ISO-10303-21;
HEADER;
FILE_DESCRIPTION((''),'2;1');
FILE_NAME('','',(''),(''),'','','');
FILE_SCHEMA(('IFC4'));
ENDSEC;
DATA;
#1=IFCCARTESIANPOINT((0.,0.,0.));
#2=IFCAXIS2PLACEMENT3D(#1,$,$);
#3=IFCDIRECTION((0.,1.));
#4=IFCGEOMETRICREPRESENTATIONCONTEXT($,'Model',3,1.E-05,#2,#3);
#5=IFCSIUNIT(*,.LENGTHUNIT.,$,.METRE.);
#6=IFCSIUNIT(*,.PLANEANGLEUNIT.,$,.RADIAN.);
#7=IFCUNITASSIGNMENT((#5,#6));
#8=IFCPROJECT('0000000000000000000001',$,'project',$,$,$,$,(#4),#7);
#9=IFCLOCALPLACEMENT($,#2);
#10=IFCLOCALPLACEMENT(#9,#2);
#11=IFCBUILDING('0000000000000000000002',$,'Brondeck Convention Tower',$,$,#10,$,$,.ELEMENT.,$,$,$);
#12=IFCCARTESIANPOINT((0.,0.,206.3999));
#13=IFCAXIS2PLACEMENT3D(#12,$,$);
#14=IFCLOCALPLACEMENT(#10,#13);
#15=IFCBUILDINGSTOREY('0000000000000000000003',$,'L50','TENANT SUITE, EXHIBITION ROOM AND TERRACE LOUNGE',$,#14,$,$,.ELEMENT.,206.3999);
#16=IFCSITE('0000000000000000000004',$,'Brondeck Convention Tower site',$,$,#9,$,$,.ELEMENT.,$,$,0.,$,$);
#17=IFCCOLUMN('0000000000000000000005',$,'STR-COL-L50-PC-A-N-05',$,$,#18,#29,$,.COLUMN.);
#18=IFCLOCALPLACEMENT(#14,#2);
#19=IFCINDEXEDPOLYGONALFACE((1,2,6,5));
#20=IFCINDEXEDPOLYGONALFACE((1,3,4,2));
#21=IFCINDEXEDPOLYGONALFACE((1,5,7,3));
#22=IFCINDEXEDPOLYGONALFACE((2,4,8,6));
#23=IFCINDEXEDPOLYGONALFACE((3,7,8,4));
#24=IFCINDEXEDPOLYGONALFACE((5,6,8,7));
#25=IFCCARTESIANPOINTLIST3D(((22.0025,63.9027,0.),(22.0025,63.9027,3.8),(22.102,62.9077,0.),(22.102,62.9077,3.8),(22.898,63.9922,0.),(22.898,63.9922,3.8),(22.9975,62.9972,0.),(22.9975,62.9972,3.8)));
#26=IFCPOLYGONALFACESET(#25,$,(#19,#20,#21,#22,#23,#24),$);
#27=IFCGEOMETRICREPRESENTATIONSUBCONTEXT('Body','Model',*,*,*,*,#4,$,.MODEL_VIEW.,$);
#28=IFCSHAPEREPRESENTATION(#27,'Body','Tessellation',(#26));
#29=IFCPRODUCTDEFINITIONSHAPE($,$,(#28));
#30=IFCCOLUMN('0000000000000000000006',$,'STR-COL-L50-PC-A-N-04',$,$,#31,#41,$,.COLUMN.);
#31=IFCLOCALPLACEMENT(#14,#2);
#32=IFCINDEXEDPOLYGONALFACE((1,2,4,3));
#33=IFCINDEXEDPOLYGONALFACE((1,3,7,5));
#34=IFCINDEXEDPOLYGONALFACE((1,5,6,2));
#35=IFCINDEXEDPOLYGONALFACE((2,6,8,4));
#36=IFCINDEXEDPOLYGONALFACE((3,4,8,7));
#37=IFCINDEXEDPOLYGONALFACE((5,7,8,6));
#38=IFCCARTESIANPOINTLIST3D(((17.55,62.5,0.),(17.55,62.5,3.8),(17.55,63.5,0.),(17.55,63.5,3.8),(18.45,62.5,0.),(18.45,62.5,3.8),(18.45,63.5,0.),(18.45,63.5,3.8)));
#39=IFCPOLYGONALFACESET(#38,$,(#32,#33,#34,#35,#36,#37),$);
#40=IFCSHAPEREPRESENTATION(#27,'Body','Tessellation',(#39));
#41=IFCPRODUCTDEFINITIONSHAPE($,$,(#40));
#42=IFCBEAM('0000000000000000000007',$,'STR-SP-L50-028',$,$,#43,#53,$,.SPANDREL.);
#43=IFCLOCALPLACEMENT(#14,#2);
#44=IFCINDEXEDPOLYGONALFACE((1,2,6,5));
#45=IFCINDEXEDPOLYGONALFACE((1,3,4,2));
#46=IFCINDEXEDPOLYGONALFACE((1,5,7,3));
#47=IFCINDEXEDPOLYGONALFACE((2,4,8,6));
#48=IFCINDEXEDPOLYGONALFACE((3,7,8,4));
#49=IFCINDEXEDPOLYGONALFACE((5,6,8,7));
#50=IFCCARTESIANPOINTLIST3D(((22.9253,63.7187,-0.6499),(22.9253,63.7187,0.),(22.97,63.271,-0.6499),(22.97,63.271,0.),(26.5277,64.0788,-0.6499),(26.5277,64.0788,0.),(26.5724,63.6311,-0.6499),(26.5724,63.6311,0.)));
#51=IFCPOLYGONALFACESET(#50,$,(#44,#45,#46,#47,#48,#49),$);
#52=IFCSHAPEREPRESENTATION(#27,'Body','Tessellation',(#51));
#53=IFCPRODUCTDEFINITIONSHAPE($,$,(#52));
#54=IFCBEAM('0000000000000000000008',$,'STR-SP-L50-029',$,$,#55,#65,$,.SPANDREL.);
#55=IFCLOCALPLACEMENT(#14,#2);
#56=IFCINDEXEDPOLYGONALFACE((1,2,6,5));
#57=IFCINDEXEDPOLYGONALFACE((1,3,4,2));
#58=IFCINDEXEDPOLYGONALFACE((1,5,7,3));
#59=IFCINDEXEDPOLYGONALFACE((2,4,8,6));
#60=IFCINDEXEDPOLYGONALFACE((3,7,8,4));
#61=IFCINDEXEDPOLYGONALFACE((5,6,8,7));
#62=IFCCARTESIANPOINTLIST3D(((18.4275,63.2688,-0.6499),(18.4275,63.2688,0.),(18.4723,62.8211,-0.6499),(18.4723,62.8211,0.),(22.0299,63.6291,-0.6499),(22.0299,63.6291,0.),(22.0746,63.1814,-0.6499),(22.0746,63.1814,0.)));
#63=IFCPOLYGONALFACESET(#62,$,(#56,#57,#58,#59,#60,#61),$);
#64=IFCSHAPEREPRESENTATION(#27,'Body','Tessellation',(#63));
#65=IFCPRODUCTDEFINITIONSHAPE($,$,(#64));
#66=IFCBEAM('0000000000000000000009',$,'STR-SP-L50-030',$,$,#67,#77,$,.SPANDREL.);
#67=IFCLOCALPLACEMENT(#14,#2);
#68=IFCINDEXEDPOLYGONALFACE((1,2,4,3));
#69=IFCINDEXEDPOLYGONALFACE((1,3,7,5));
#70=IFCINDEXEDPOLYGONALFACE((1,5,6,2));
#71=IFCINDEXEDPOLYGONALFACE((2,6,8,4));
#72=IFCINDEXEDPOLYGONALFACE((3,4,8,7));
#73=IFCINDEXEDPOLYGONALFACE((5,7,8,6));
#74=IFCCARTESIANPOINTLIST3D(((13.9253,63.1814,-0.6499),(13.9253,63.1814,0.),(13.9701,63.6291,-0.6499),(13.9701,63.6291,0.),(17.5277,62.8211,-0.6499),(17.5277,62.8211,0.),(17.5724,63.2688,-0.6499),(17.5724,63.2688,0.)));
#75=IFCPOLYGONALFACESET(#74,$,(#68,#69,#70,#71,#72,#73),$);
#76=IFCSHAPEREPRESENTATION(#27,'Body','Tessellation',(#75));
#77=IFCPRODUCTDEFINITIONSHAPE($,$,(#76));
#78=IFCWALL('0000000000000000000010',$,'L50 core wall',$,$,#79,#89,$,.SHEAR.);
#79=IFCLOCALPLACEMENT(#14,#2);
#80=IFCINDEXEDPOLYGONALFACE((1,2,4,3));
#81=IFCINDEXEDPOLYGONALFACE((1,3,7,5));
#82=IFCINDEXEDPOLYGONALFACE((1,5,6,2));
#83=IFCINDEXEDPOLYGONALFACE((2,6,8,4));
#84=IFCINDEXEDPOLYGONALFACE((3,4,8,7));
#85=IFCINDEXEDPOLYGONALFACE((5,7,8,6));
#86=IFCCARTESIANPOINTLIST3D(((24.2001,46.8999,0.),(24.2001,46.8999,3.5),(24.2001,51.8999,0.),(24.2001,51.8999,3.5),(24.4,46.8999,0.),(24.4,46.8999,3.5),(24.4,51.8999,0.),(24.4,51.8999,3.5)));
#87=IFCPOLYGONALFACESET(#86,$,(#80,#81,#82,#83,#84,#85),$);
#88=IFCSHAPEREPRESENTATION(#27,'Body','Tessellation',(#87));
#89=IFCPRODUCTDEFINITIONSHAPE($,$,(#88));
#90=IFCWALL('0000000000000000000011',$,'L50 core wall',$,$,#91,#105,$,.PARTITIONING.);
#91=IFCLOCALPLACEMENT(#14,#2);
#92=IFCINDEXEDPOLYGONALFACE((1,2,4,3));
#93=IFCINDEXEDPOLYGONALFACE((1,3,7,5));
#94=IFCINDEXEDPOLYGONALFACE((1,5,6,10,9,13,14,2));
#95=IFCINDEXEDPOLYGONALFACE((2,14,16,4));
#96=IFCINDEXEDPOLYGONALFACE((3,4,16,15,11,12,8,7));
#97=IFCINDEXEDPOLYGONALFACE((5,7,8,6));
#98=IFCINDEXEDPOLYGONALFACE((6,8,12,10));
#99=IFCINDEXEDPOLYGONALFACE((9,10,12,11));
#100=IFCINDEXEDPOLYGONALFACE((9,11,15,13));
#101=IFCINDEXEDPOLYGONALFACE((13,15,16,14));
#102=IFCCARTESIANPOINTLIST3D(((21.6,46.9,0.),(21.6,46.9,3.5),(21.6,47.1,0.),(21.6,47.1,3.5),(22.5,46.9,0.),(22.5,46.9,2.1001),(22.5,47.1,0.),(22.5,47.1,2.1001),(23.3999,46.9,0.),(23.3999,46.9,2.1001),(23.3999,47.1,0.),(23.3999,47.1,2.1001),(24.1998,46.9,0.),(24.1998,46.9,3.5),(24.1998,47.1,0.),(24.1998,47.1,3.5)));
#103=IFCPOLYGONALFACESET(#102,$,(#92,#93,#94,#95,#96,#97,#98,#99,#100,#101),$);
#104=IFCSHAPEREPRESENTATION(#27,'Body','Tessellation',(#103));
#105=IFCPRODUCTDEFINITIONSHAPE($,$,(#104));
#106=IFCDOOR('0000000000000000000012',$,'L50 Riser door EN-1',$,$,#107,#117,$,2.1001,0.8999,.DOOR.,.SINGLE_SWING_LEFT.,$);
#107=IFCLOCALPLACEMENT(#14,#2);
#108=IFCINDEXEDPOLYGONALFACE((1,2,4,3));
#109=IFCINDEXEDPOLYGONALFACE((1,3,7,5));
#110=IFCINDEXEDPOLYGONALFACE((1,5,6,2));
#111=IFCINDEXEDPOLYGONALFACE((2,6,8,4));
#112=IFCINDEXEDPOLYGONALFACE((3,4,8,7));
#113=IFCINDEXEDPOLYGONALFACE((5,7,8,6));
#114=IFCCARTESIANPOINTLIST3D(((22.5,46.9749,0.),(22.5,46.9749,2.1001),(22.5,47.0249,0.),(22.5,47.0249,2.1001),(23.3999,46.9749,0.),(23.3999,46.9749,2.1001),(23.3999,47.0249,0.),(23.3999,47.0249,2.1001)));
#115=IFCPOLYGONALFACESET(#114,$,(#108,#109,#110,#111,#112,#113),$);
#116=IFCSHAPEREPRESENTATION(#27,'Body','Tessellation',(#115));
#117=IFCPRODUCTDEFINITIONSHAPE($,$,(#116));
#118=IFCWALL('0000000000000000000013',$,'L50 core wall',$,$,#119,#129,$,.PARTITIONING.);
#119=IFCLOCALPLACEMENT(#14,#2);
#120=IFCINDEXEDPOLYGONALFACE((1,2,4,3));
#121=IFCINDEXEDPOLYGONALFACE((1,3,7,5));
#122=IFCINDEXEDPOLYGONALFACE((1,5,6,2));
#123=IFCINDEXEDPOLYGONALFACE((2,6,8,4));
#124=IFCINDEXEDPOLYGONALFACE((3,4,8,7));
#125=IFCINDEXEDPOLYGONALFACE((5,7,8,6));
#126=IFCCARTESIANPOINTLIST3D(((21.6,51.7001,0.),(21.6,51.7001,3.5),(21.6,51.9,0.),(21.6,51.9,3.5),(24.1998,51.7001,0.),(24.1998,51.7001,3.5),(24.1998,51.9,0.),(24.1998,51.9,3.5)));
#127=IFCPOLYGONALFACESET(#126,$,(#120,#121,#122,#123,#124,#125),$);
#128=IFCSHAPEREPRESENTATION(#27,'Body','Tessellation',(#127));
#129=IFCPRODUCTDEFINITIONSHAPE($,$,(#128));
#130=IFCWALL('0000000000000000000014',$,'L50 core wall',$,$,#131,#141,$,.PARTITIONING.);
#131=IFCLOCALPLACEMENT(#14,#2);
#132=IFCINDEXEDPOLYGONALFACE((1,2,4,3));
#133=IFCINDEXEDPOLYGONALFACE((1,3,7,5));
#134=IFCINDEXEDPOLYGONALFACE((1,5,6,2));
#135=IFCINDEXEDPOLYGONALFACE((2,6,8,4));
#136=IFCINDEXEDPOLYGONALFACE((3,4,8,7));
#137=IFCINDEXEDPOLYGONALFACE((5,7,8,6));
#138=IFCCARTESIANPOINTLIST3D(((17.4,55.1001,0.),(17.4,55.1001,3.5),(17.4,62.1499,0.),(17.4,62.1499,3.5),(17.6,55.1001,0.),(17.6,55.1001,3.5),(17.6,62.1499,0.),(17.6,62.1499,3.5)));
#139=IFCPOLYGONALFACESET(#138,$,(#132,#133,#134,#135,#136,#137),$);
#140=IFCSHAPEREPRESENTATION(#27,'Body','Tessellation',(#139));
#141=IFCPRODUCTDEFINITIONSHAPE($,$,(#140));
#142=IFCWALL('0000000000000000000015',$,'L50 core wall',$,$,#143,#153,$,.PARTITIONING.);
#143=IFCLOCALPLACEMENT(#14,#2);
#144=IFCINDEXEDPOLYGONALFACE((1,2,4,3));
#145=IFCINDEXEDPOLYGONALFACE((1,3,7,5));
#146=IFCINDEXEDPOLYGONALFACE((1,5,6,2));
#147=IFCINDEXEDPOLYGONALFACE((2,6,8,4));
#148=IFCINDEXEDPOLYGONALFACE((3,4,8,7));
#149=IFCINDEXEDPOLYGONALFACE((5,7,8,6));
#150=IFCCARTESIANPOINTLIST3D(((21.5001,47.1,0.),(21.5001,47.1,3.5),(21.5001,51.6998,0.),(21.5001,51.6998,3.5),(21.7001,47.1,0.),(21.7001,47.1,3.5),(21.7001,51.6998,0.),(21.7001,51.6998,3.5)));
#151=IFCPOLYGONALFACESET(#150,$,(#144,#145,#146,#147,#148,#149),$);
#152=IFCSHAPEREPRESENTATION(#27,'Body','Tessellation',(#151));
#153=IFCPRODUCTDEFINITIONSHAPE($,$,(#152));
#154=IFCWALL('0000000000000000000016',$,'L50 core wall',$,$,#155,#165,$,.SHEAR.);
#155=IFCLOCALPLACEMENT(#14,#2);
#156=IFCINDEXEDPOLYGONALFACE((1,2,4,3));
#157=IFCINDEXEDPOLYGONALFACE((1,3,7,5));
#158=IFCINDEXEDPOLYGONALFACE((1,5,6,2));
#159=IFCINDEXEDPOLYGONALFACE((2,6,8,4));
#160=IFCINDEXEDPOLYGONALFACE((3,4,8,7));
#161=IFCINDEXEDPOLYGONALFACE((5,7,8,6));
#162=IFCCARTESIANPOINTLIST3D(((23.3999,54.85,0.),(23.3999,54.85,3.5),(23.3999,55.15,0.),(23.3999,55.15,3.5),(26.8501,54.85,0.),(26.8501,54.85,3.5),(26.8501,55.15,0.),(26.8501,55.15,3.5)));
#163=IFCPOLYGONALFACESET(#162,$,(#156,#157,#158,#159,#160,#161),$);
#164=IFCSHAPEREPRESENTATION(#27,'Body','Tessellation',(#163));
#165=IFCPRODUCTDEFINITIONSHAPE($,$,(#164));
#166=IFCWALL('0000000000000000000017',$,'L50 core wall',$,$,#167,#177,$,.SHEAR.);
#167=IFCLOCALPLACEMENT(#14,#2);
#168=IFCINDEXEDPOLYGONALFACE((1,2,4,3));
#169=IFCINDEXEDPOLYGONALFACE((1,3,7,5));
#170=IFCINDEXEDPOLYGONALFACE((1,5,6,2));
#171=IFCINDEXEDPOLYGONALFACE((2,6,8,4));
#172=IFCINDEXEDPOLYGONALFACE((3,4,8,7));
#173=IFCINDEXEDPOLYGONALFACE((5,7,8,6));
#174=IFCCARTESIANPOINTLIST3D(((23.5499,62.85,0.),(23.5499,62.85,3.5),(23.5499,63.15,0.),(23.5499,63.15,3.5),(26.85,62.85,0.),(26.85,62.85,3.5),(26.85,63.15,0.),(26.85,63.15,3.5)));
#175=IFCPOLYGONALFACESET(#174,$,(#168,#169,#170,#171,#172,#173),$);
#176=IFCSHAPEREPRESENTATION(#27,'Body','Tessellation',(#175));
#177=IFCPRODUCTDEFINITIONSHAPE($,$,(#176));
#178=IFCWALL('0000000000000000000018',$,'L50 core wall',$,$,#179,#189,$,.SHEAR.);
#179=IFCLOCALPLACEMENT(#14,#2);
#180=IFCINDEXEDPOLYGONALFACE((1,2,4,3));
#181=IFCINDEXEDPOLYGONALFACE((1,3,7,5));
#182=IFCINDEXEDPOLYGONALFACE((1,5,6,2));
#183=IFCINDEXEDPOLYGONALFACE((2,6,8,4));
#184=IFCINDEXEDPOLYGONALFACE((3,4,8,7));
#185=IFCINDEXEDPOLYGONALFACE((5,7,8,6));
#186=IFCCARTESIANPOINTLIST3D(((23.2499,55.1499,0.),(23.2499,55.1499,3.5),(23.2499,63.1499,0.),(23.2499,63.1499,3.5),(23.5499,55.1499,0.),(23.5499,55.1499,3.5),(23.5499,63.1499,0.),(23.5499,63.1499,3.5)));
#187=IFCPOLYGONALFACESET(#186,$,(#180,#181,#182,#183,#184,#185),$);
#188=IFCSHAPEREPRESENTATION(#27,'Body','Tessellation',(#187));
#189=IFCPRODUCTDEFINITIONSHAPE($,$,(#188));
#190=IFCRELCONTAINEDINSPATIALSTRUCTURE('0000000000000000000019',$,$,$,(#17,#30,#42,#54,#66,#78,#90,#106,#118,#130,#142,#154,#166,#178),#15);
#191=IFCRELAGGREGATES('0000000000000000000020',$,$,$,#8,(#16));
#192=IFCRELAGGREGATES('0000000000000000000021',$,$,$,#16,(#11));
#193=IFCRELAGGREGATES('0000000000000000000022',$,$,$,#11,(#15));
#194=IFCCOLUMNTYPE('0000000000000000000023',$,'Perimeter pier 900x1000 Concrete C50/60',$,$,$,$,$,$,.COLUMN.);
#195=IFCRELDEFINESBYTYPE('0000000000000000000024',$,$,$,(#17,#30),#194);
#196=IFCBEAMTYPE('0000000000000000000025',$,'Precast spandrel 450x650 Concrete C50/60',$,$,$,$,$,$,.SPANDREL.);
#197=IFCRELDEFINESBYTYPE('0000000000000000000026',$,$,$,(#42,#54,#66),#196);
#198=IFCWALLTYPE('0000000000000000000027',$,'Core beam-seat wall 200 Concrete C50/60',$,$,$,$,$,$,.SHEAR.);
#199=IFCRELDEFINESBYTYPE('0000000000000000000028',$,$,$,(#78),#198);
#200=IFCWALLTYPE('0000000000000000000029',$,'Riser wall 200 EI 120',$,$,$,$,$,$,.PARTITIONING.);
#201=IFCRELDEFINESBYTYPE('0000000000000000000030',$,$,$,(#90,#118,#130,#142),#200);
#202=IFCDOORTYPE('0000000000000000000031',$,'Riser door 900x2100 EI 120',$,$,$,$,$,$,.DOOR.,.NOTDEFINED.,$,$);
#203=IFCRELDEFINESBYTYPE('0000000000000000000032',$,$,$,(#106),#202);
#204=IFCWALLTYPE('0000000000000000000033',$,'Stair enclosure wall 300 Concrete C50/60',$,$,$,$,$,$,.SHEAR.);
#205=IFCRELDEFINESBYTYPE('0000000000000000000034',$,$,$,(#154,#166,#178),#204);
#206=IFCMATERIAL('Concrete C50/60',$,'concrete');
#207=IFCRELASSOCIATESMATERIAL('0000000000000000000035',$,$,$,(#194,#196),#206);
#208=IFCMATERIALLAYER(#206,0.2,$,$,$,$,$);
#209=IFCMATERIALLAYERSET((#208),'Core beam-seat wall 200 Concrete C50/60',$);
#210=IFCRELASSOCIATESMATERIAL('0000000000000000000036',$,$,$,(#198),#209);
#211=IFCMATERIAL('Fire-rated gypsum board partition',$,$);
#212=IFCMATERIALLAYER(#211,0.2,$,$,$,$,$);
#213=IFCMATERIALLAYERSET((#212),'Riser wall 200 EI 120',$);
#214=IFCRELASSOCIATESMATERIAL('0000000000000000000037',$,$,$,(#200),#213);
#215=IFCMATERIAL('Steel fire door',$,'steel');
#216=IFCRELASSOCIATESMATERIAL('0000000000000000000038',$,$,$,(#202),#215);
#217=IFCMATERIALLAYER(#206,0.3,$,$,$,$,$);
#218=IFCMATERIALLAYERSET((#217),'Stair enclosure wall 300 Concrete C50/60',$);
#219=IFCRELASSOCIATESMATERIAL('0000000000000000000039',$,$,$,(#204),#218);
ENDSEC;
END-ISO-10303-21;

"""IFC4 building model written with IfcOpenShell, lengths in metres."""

from ifc_helpers import new_model, si_unit, direction, frame, frame_2d, origin, origin_2d, place, context, subcontext, project, spatial, rectangle, extrude, material, layer, layer_set, material_profile, profile_set, type_object, element, fill, save


model = new_model("IFC4")

# Units and contexts
model_context = context("Model", 3, precision=1e-05, world=origin(), true_north=direction((0.0, 1.0)))
body_context = subcontext(model_context, "Body", "Model", "MODEL_VIEW")
ifc_project = project(units=[si_unit("LENGTHUNIT", "METRE"), si_unit("PLANEANGLEUNIT", "RADIAN")], contexts=[model_context])

# Site, building, storey
site_placement = place(None, origin())
site = spatial("IfcSite", under=ifc_project, at=site_placement, Name="Brondeck Convention Tower site", CompositionType="ELEMENT", RefElevation=0.0)
building_placement = place(site_placement, origin())
building = spatial("IfcBuilding", under=site, at=building_placement, Name="Brondeck Convention Tower", CompositionType="ELEMENT")
storey_placement = place(building_placement, frame((0.0, 0.0, 206.3999)))
storey = spatial("IfcBuildingStorey", under=building, at=storey_placement, Name="L50", Description="TENANT SUITE, EXHIBITION ROOM AND TERRACE LOUNGE", CompositionType="ELEMENT", Elevation=206.3999)

# Columns
ifc_material_1 = material(Name="Concrete C50/60", Category="concrete")
ifc_material_profile_1 = material_profile(ifc_material_1, rectangle(XDim=0.8999, YDim=1.0, at=origin_2d()), Name="Perimeter pier 900x1000 Concrete C50/60")
ifc_profile_set_1 = profile_set([ifc_material_profile_1], Name="Concrete C50/60")
column_type = type_object("IfcColumnType", Name="Perimeter pier 900x1000 Concrete C50/60", PredefinedType="COLUMN", material=ifc_profile_set_1)
for number, where, z_axis, x_axis, name in (
    (1, (22.5, 63.45, 0.0), (0.0, 0.0, 1.0), (-0.995037, -0.099504, 0.0), "STR-COL-L50-PC-A-N-05"),
    (2, (18.0, 63.0, 0.0), (0.0, 0.0, 1.0), (-1.0, 0.0, 0.0), "STR-COL-L50-PC-A-N-04"),
):
    element("IfcColumn", number, at=place(storey_placement, frame(where, z_axis=z_axis, x_axis=x_axis)), inside=storey, type_object=column_type, Name=name, PredefinedType="COLUMN", context=body_context, shape_type="SweptSolid", body=[
        extrude(rectangle(XDim=0.8999, YDim=1.0, at=origin_2d()), origin(), (0.0, 0.0, 1.0), 3.8),
    ])

# Beams
ifc_material_profile_2 = material_profile(ifc_material_1, rectangle(XDim=0.45, YDim=0.6499, at=origin_2d()), Name="Precast spandrel 450x650 Concrete C50/60")
ifc_profile_set_2 = profile_set([ifc_material_profile_2], Name="Concrete C50/60")
beam_type = type_object("IfcBeamType", Name="Precast spandrel 450x650 Concrete C50/60", PredefinedType="SPANDREL", material=ifc_profile_set_2)
for number, where, z_axis, x_axis, name in (
    (3, (26.55, 63.855, -0.325), (-0.995041, -0.09947, 0.0), (0.09947, -0.995041, 0.0), "STR-SP-L50-028"),
    (4, (22.0522, 63.4053, -0.325), (-0.995034, -0.099537, 0.0), (0.099537, -0.995034, 0.0), "STR-SP-L50-029"),
    (5, (17.55, 63.0449, -0.325), (-0.995034, 0.099537, 0.0), (-0.099537, -0.995034, 0.0), "STR-SP-L50-030"),
):
    element("IfcBeam", number, at=place(storey_placement, frame(where, z_axis=z_axis, x_axis=x_axis)), inside=storey, type_object=beam_type, Name=name, PredefinedType="SPANDREL", context=body_context, shape_type="SweptSolid", body=[
        extrude(rectangle(XDim=0.45, YDim=0.6499, at=origin_2d()), origin(), (0.0, 0.0, 1.0), 3.6204),
    ])

# Wall
ifc_layer_1 = layer(ifc_material_1, 0.2)
ifc_layer_set_1 = layer_set([ifc_layer_1], Name="Core beam-seat wall 200 Concrete C50/60")
wall_type_1 = type_object("IfcWallType", Name="Core beam-seat wall 200 Concrete C50/60", PredefinedType="SHEAR", material=ifc_layer_set_1)
wall_1_placement = place(storey_placement, frame((24.3, 46.8999, 0.0), z_axis=(0.0, 0.0, 1.0), x_axis=(0.0, 1.0, 0.0)))
element("IfcWall", 6, at=wall_1_placement, inside=storey, type_object=wall_type_1, Name="L50 core wall", PredefinedType="SHEAR", context=body_context, shape_type="SweptSolid", body=[
    extrude(rectangle(XDim=5.0, YDim=0.2, at=frame_2d((2.5, 0.0))), origin(), (0.0, 0.0, 1.0), 3.5),
])

# Wall, opening, door
ifc_material_2 = material(Name="Fire-rated gypsum board partition")
ifc_layer_2 = layer(ifc_material_2, 0.2)
ifc_layer_set_2 = layer_set([ifc_layer_2], Name="Riser wall 200 EI 120")
wall_type_2 = type_object("IfcWallType", Name="Riser wall 200 EI 120", PredefinedType="PARTITIONING", material=ifc_layer_set_2)
wall_2_placement = place(storey_placement, frame((21.6001, 47.0, 0.0), z_axis=(0.0, 0.0, 1.0), x_axis=(1.0, 0.0, 0.0)))
wall_2 = element("IfcWall", 7, at=wall_2_placement, inside=storey, type_object=wall_type_2, Name="L50 core wall", PredefinedType="PARTITIONING", context=body_context, shape_type="SweptSolid", body=[
    extrude(rectangle(XDim=2.5999, YDim=0.2, at=frame_2d((1.2998, 0.0))), origin(), (0.0, 0.0, 1.0), 3.5),
])
opening_placement = place(wall_2_placement, frame((0.8999, 0.0, 0.0)))
opening = element("IfcOpeningElement", 8, at=opening_placement, cuts=wall_2, PredefinedType="OPENING", context=body_context, shape_type="SweptSolid", body=[
    extrude(rectangle(XDim=0.8999, YDim=2.1001, at=frame_2d((0.45, 1.05))), frame((0.0, 0.1099, 0.0), z_axis=(0.0, -1.0, 0.0), x_axis=(1.0, 0.0, 0.0)), (0.0, 0.0, 1.0), 0.22),
])
ifc_material_3 = material(Name="Steel fire door", Category="steel")
door_type = type_object("IfcDoorType", Name="Riser door 900x2100 EI 120", OperationType="NOTDEFINED", PredefinedType="DOOR", material=ifc_material_3)
door_placement = place(opening_placement, origin())
door = element("IfcDoor", 9, at=door_placement, inside=storey, type_object=door_type, Name="L50 Riser door EN-1", OperationType="SINGLE_SWING_LEFT", OverallHeight=2.1001, OverallWidth=0.8999, PredefinedType="DOOR", context=body_context, shape_type="SweptSolid", body=[
    extrude(rectangle(XDim=0.8999, YDim=2.1001, at=frame_2d((0.45, 1.05))), frame((0.0, 0.0249, 0.0), z_axis=(0.0, -1.0, 0.0), x_axis=(1.0, 0.0, 0.0)), (0.0, 0.0, 1.0), 0.05),
])
fill(opening, door)

# Walls
wall_3_placement = place(storey_placement, frame((21.6001, 51.8, 0.0), z_axis=(0.0, 0.0, 1.0), x_axis=(1.0, 0.0, 0.0)))
element("IfcWall", 10, at=wall_3_placement, inside=storey, type_object=wall_type_2, Name="L50 core wall", PredefinedType="PARTITIONING", context=body_context, shape_type="SweptSolid", body=[
    extrude(rectangle(XDim=2.5999, YDim=0.2, at=frame_2d((1.2998, 0.0))), origin(), (0.0, 0.0, 1.0), 3.5),
])
wall_4_placement = place(storey_placement, frame((17.5, 55.1001, 0.0), z_axis=(0.0, 0.0, 1.0), x_axis=(0.0, 1.0, 0.0)))
element("IfcWall", 11, at=wall_4_placement, inside=storey, type_object=wall_type_2, Name="L50 core wall", PredefinedType="PARTITIONING", context=body_context, shape_type="SweptSolid", body=[
    extrude(rectangle(XDim=7.0498, YDim=0.2, at=frame_2d((3.5249, 0.0))), origin(), (0.0, 0.0, 1.0), 3.5),
])
wall_5_placement = place(storey_placement, frame((21.6001, 47.1001, 0.0), z_axis=(0.0, 0.0, 1.0), x_axis=(0.0, 1.0, 0.0)))
element("IfcWall", 12, at=wall_5_placement, inside=storey, type_object=wall_type_2, Name="L50 core wall", PredefinedType="PARTITIONING", context=body_context, shape_type="SweptSolid", body=[
    extrude(rectangle(XDim=4.5999, YDim=0.2, at=frame_2d((2.2998, 0.0))), origin(), (0.0, 0.0, 1.0), 3.5),
])
ifc_layer_3 = layer(ifc_material_1, 0.3)
ifc_layer_set_3 = layer_set([ifc_layer_3], Name="Stair enclosure wall 300 Concrete C50/60")
wall_type_3 = type_object("IfcWallType", Name="Stair enclosure wall 300 Concrete C50/60", PredefinedType="SHEAR", material=ifc_layer_set_3)
wall_6_placement = place(storey_placement, frame((23.3999, 55.0, 0.0), z_axis=(0.0, 0.0, 1.0), x_axis=(1.0, 0.0, 0.0)))
element("IfcWall", 13, at=wall_6_placement, inside=storey, type_object=wall_type_3, Name="L50 core wall", PredefinedType="SHEAR", context=body_context, shape_type="SweptSolid", body=[
    extrude(rectangle(XDim=3.4502, YDim=0.3, at=frame_2d((1.7251, 0.0))), origin(), (0.0, 0.0, 1.0), 3.5),
])
wall_7_placement = place(storey_placement, frame((23.55, 63.0, 0.0), z_axis=(0.0, 0.0, 1.0), x_axis=(1.0, 0.0, 0.0)))
element("IfcWall", 14, at=wall_7_placement, inside=storey, type_object=wall_type_3, Name="L50 core wall", PredefinedType="SHEAR", context=body_context, shape_type="SweptSolid", body=[
    extrude(rectangle(XDim=3.3, YDim=0.3, at=frame_2d((1.6499, 0.0))), origin(), (0.0, 0.0, 1.0), 3.5),
])
wall_8_placement = place(storey_placement, frame((23.3999, 55.1499, 0.0), z_axis=(0.0, 0.0, 1.0), x_axis=(0.0, 1.0, 0.0)))
element("IfcWall", 15, at=wall_8_placement, inside=storey, type_object=wall_type_3, Name="L50 core wall", PredefinedType="SHEAR", context=body_context, shape_type="SweptSolid", body=[
    extrude(rectangle(XDim=8.0, YDim=0.3, at=frame_2d((4.0, 0.0))), origin(), (0.0, 0.0, 1.0), 3.5),
])

save(model, "model.ifc")
